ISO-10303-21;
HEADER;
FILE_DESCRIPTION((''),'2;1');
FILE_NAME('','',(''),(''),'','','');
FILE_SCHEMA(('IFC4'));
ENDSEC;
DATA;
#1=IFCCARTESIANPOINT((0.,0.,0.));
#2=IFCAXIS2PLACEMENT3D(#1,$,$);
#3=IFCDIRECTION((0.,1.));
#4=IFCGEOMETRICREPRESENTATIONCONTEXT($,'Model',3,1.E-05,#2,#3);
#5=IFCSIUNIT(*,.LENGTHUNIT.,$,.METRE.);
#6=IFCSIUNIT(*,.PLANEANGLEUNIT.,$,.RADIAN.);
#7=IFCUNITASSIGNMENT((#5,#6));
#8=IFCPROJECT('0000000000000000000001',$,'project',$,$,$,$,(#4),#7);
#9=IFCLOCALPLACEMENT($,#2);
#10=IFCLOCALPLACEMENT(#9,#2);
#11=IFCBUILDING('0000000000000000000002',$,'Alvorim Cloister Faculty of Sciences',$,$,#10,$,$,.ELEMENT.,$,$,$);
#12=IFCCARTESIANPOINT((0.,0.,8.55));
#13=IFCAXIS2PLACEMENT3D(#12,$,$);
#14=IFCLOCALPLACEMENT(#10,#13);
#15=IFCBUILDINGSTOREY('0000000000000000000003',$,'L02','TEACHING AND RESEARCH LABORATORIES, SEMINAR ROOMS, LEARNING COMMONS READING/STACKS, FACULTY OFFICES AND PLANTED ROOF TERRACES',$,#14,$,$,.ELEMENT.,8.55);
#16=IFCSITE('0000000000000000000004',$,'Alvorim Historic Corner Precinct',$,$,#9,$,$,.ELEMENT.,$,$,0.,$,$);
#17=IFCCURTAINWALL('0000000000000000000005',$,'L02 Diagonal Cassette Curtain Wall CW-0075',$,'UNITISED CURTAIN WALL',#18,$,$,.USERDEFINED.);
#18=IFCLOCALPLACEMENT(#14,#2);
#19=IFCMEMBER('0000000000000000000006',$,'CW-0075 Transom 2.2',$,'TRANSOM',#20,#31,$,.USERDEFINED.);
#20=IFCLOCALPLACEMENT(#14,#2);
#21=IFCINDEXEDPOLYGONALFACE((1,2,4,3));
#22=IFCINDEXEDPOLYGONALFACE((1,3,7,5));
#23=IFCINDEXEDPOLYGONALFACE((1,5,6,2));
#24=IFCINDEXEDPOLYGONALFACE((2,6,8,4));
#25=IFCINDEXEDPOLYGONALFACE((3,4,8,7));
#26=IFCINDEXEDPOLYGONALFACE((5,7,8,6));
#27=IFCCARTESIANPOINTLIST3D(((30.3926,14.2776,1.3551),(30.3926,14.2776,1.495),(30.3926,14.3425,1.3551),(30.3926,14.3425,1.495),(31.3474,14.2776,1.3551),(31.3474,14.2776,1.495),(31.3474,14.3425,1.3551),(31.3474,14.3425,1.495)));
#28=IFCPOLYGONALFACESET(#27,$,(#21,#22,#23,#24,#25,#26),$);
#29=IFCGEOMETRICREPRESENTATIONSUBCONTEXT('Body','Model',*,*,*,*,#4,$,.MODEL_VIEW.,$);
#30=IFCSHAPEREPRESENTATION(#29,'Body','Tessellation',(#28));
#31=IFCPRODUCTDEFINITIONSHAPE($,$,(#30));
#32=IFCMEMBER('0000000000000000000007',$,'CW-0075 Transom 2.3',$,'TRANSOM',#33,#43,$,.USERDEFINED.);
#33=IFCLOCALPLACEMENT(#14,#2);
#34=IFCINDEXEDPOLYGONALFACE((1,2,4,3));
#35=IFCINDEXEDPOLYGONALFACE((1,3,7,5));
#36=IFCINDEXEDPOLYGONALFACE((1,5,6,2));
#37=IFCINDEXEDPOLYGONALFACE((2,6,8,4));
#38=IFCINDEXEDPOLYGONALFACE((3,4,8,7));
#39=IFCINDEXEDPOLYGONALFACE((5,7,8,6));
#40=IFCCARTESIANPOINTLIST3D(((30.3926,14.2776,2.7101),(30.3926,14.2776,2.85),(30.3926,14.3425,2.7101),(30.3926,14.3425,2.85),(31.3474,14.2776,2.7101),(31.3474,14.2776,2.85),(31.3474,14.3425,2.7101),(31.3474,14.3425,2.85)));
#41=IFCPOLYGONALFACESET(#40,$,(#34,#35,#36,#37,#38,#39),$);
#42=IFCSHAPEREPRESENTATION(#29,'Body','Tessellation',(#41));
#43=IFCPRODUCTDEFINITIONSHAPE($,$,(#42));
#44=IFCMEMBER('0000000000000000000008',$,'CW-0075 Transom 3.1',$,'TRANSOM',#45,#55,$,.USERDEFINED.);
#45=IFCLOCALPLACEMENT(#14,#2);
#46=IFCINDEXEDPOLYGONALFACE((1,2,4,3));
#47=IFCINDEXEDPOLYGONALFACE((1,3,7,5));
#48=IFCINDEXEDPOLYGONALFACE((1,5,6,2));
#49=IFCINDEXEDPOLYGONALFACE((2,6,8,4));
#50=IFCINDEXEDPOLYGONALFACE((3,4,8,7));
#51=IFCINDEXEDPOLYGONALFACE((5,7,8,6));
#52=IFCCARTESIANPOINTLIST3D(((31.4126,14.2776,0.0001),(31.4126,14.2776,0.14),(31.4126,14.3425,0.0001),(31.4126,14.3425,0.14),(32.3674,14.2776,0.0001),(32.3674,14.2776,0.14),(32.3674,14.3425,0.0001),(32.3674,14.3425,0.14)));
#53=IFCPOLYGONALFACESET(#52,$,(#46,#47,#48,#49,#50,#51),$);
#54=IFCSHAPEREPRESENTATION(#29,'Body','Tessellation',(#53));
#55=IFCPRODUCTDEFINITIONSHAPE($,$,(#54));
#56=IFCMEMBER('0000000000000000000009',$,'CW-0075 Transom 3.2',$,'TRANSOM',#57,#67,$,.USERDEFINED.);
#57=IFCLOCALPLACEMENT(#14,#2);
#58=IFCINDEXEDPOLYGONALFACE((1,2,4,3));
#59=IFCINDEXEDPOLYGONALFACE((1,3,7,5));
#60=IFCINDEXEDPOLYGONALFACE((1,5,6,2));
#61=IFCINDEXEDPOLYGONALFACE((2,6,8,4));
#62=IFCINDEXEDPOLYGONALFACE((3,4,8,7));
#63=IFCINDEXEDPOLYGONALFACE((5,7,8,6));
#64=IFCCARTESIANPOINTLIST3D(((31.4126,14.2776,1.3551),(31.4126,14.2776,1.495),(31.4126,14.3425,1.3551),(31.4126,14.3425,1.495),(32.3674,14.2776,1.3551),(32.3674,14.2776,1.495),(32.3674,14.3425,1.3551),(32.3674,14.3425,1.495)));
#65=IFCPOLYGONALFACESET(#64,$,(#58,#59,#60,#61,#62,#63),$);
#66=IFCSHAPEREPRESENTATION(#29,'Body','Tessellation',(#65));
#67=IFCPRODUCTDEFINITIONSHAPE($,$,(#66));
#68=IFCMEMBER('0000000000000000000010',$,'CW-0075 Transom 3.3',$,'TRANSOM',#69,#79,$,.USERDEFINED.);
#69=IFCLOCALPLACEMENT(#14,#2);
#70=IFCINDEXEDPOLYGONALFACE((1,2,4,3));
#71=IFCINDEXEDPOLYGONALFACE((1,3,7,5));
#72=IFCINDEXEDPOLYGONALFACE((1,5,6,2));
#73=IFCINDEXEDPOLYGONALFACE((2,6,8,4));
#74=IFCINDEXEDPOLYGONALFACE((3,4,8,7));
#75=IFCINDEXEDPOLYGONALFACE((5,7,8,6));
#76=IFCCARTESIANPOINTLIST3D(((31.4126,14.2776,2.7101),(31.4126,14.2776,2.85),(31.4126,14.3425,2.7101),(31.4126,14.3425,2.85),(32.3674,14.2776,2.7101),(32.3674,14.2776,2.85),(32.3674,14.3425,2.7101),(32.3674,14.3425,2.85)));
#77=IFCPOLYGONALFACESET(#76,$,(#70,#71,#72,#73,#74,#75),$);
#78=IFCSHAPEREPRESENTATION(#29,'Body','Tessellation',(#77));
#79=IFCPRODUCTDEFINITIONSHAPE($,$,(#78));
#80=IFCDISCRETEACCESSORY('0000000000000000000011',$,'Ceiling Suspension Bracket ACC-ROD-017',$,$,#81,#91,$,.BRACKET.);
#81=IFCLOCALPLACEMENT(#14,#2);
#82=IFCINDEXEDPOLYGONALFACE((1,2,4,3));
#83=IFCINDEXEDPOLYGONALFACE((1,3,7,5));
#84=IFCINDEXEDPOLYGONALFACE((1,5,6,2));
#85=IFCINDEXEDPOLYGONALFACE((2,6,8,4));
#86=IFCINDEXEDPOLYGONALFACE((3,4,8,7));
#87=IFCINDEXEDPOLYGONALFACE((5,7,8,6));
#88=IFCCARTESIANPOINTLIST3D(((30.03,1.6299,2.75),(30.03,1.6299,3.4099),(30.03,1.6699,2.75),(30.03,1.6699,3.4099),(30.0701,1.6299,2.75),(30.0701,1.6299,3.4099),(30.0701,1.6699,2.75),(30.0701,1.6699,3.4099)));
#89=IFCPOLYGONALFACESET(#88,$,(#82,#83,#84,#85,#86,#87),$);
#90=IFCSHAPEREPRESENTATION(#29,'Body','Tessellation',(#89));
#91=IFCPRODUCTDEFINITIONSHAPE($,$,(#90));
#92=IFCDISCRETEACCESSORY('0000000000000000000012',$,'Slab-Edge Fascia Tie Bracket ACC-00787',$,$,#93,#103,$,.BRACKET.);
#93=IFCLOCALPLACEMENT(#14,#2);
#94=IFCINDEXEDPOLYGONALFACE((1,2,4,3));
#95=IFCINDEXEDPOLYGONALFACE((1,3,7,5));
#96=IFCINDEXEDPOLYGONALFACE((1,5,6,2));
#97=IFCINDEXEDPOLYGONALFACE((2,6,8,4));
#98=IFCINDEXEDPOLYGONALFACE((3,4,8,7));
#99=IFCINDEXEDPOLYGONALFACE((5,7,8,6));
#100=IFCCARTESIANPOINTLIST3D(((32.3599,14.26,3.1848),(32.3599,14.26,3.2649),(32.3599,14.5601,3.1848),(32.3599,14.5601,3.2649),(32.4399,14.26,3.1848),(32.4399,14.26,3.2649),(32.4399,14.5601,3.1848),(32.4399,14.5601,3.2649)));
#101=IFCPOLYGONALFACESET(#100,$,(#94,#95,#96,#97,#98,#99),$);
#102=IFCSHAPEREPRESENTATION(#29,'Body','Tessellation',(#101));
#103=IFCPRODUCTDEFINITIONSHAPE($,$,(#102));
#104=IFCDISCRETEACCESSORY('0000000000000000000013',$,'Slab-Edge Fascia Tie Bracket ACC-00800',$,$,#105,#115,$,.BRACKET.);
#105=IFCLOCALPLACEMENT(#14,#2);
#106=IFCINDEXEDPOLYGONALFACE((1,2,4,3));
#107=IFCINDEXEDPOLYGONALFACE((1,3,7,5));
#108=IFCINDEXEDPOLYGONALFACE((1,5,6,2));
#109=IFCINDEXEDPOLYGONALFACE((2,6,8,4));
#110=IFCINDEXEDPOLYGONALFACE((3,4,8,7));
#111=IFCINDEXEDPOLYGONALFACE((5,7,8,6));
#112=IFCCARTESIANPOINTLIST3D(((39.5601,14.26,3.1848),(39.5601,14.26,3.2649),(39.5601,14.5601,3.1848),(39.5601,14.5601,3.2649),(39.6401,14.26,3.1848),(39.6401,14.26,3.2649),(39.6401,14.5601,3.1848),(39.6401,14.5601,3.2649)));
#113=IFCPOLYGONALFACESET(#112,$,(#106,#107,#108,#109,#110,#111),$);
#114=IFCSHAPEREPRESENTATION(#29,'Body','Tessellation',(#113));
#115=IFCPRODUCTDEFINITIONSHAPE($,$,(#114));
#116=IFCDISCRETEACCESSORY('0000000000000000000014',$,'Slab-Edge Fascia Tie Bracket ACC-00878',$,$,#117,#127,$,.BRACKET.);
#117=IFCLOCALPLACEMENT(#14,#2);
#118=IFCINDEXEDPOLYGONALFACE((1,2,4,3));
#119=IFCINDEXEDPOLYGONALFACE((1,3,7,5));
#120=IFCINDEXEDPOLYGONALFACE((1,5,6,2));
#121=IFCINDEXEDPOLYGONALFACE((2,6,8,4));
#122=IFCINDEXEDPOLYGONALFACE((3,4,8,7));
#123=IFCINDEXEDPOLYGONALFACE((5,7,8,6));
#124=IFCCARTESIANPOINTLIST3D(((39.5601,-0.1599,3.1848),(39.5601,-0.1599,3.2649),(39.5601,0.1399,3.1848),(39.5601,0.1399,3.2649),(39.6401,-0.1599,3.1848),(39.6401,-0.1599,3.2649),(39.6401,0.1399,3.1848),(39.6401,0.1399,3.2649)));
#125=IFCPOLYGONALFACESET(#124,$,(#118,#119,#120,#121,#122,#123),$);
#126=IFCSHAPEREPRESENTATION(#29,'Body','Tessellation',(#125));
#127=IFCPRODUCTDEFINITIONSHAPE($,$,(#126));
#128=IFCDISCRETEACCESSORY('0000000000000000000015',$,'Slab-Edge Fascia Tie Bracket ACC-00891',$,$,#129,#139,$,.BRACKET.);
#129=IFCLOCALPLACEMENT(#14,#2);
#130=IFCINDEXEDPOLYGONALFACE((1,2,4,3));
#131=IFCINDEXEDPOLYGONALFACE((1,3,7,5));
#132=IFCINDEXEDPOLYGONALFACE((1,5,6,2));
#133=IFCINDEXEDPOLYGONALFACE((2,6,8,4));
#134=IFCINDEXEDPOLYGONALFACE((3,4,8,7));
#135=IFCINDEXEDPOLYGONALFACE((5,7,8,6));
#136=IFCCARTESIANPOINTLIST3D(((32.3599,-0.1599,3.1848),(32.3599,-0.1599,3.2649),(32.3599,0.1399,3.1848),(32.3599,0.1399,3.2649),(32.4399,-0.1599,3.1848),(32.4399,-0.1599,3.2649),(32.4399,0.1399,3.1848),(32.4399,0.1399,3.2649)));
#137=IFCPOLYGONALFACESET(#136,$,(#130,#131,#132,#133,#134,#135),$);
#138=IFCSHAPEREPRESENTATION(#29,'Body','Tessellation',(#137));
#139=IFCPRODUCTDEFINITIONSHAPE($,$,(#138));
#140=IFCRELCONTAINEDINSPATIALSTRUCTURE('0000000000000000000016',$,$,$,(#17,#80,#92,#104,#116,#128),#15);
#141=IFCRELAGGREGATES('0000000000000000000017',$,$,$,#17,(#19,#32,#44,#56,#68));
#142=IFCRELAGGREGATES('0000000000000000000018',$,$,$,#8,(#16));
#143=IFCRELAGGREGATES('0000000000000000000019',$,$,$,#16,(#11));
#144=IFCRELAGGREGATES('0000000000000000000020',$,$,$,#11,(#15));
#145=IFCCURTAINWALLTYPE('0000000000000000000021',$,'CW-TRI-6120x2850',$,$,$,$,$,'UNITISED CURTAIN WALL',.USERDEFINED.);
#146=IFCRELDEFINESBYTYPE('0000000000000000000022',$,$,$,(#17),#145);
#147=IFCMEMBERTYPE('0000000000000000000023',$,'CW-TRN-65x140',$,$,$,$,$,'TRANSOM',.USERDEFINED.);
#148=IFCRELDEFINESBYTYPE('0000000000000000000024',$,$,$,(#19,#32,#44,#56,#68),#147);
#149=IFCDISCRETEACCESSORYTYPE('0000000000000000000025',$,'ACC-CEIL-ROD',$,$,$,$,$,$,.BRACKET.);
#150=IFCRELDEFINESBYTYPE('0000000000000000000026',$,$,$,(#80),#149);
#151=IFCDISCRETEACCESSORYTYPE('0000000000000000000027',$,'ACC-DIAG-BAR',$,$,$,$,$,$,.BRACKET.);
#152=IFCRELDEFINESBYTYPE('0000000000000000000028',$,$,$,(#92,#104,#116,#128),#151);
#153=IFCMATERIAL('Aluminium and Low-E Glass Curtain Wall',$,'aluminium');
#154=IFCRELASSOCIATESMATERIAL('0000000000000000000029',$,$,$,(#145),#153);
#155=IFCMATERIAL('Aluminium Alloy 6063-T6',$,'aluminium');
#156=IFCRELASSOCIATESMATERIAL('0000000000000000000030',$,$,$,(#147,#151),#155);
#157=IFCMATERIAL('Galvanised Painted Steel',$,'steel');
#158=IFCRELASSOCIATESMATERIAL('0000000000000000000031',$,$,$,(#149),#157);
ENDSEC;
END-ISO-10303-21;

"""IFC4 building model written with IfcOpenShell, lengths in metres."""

from ifc_helpers import new_model, si_unit, direction, frame, origin, origin_2d, place, context, subcontext, project, spatial, rectangle, extrude, material, material_profile, profile_set, type_object, element, aggregate, save


model = new_model("IFC4")

# Units and contexts
model_context = context("Model", 3, precision=1e-05, world=origin(), true_north=direction((0.0, 1.0)))
body_context = subcontext(model_context, "Body", "Model", "MODEL_VIEW")
ifc_project = project(units=[si_unit("LENGTHUNIT", "METRE"), si_unit("PLANEANGLEUNIT", "RADIAN")], contexts=[model_context])

# Site, building, storey
site_placement = place(None, origin())
site = spatial("IfcSite", under=ifc_project, at=site_placement, Name="Alvorim Historic Corner Precinct", CompositionType="ELEMENT", RefElevation=0.0)
building_placement = place(site_placement, origin())
building = spatial("IfcBuilding", under=site, at=building_placement, Name="Alvorim Cloister Faculty of Sciences", CompositionType="ELEMENT")
storey_placement = place(building_placement, frame((0.0, 0.0, 8.55)))
storey = spatial("IfcBuildingStorey", under=building, at=storey_placement, Name="L02", Description="TEACHING AND RESEARCH LABORATORIES, SEMINAR ROOMS, LEARNING COMMONS READING/STACKS, FACULTY OFFICES AND PLANTED ROOF TERRACES", CompositionType="ELEMENT", Elevation=8.55)

# Curtain wall, members
ifc_material_1 = material(Name="Aluminium and Low-E Glass Curtain Wall", Category="aluminium")
curtain_wall_type = type_object("IfcCurtainWallType", Name="CW-TRI-6120x2850", ElementType="UNITISED CURTAIN WALL", PredefinedType="USERDEFINED", material=ifc_material_1)
curtain_wall_placement = place(storey_placement, origin())
curtain_wall = element("IfcCurtainWall", 1, at=curtain_wall_placement, inside=storey, type_object=curtain_wall_type, Name="L02 Diagonal Cassette Curtain Wall CW-0075", ObjectType="UNITISED CURTAIN WALL", PredefinedType="USERDEFINED")
ifc_material_2 = material(Name="Aluminium Alloy 6063-T6", Category="aluminium")
ifc_material_profile_1 = material_profile(ifc_material_2, rectangle(XDim=0.0649, YDim=0.1399, at=origin_2d()), Name="ALU-TRN-65x140")
ifc_profile_set_1 = profile_set([ifc_material_profile_1], Name="Aluminium Alloy 6063-T6")
member_type_1 = type_object("IfcMemberType", Name="CW-TRN-65x140", ElementType="TRANSOM", PredefinedType="USERDEFINED", material=ifc_profile_set_1)
member_1_placement = place(storey_placement, frame((30.3926, 14.3101, 1.425), z_axis=(1.0, 0.0, 0.0), x_axis=(0.0, 1.0, 0.0)))
member_1 = element("IfcMember", 2, at=member_1_placement, type_object=member_type_1, Name="CW-0075 Transom 2.2", ObjectType="TRANSOM", PredefinedType="USERDEFINED", context=body_context, shape_type="SweptSolid", body=[
    extrude(rectangle(XDim=0.0649, YDim=0.1399, at=origin_2d()), origin(), (0.0, 0.0, 1.0), 0.9548),
])
member_2_placement = place(storey_placement, frame((30.3926, 14.3101, 2.78), z_axis=(1.0, 0.0, 0.0), x_axis=(0.0, 1.0, 0.0)))
member_2 = element("IfcMember", 3, at=member_2_placement, type_object=member_type_1, Name="CW-0075 Transom 2.3", ObjectType="TRANSOM", PredefinedType="USERDEFINED", context=body_context, shape_type="SweptSolid", body=[
    extrude(rectangle(XDim=0.0649, YDim=0.1399, at=origin_2d()), origin(), (0.0, 0.0, 1.0), 0.9548),
])
member_3_placement = place(storey_placement, frame((31.4126, 14.3101, 0.0701), z_axis=(1.0, 0.0, 0.0), x_axis=(0.0, 1.0, 0.0)))
member_3 = element("IfcMember", 4, at=member_3_placement, type_object=member_type_1, Name="CW-0075 Transom 3.1", ObjectType="TRANSOM", PredefinedType="USERDEFINED", context=body_context, shape_type="SweptSolid", body=[
    extrude(rectangle(XDim=0.0649, YDim=0.1399, at=origin_2d()), origin(), (0.0, 0.0, 1.0), 0.9548),
])
member_4_placement = place(storey_placement, frame((31.4126, 14.3101, 1.425), z_axis=(1.0, 0.0, 0.0), x_axis=(0.0, 1.0, 0.0)))
member_4 = element("IfcMember", 5, at=member_4_placement, type_object=member_type_1, Name="CW-0075 Transom 3.2", ObjectType="TRANSOM", PredefinedType="USERDEFINED", context=body_context, shape_type="SweptSolid", body=[
    extrude(rectangle(XDim=0.0649, YDim=0.1399, at=origin_2d()), origin(), (0.0, 0.0, 1.0), 0.9548),
])
member_5_placement = place(storey_placement, frame((31.4126, 14.3101, 2.78), z_axis=(1.0, 0.0, 0.0), x_axis=(0.0, 1.0, 0.0)))
member_5 = element("IfcMember", 6, at=member_5_placement, type_object=member_type_1, Name="CW-0075 Transom 3.3", ObjectType="TRANSOM", PredefinedType="USERDEFINED", context=body_context, shape_type="SweptSolid", body=[
    extrude(rectangle(XDim=0.0649, YDim=0.1399, at=origin_2d()), origin(), (0.0, 0.0, 1.0), 0.9548),
])
aggregate(curtain_wall, [member_1, member_2, member_3, member_4, member_5])

# Discrete accessories
ifc_material_3 = material(Name="Galvanised Painted Steel", Category="steel")
discrete_accessory_type_1 = type_object("IfcDiscreteAccessoryType", Name="ACC-CEIL-ROD", PredefinedType="BRACKET", material=ifc_material_3)
discrete_accessory_placement = place(storey_placement, frame((30.05, 1.6499, 2.75), z_axis=(0.0, 0.0, 1.0), x_axis=(1.0, 0.0, 0.0)))
element("IfcDiscreteAccessory", 7, at=discrete_accessory_placement, inside=storey, type_object=discrete_accessory_type_1, Name="Ceiling Suspension Bracket ACC-ROD-017", PredefinedType="BRACKET", context=body_context, shape_type="SweptSolid", body=[
    extrude(rectangle(XDim=0.04, YDim=0.04, at=origin_2d()), origin(), (0.0, 0.0, 1.0), 0.6599),
])
discrete_accessory_type_2 = type_object("IfcDiscreteAccessoryType", Name="ACC-DIAG-BAR", PredefinedType="BRACKET", material=ifc_material_2)
for number, where, z_axis, x_axis, name in (
    (8, (32.3999, 14.26, 3.2249), (0.0, 1.0, 0.0), (-1.0, 0.0, 0.0), "Slab-Edge Fascia Tie Bracket ACC-00787"),
    (9, (39.6001, 14.26, 3.2249), (0.0, 1.0, 0.0), (-1.0, 0.0, 0.0), "Slab-Edge Fascia Tie Bracket ACC-00800"),
):
    element("IfcDiscreteAccessory", number, at=place(storey_placement, frame(where, z_axis=z_axis, x_axis=x_axis)), inside=storey, type_object=discrete_accessory_type_2, Name=name, PredefinedType="BRACKET", context=body_context, shape_type="SweptSolid", body=[
        extrude(rectangle(XDim=0.0801, YDim=0.0801, at=origin_2d()), origin(), (0.0, 0.0, 1.0), 0.3),
    ])
for number, where, z_axis, x_axis, name in (
    (10, (39.6001, 0.1399, 3.2249), (0.0, -1.0, 0.0), (1.0, 0.0, 0.0), "Slab-Edge Fascia Tie Bracket ACC-00878"),
    (11, (32.3999, 0.1399, 3.2249), (0.0, -1.0, 0.0), (1.0, 0.0, 0.0), "Slab-Edge Fascia Tie Bracket ACC-00891"),
):
    element("IfcDiscreteAccessory", number, at=place(storey_placement, frame(where, z_axis=z_axis, x_axis=x_axis)), inside=storey, type_object=discrete_accessory_type_2, Name=name, PredefinedType="BRACKET", context=body_context, shape_type="SweptSolid", body=[
        extrude(rectangle(XDim=0.0801, YDim=0.0801, at=origin_2d()), origin(), (0.0, 0.0, 1.0), 0.2998),
    ])

save(model, "model.ifc")
